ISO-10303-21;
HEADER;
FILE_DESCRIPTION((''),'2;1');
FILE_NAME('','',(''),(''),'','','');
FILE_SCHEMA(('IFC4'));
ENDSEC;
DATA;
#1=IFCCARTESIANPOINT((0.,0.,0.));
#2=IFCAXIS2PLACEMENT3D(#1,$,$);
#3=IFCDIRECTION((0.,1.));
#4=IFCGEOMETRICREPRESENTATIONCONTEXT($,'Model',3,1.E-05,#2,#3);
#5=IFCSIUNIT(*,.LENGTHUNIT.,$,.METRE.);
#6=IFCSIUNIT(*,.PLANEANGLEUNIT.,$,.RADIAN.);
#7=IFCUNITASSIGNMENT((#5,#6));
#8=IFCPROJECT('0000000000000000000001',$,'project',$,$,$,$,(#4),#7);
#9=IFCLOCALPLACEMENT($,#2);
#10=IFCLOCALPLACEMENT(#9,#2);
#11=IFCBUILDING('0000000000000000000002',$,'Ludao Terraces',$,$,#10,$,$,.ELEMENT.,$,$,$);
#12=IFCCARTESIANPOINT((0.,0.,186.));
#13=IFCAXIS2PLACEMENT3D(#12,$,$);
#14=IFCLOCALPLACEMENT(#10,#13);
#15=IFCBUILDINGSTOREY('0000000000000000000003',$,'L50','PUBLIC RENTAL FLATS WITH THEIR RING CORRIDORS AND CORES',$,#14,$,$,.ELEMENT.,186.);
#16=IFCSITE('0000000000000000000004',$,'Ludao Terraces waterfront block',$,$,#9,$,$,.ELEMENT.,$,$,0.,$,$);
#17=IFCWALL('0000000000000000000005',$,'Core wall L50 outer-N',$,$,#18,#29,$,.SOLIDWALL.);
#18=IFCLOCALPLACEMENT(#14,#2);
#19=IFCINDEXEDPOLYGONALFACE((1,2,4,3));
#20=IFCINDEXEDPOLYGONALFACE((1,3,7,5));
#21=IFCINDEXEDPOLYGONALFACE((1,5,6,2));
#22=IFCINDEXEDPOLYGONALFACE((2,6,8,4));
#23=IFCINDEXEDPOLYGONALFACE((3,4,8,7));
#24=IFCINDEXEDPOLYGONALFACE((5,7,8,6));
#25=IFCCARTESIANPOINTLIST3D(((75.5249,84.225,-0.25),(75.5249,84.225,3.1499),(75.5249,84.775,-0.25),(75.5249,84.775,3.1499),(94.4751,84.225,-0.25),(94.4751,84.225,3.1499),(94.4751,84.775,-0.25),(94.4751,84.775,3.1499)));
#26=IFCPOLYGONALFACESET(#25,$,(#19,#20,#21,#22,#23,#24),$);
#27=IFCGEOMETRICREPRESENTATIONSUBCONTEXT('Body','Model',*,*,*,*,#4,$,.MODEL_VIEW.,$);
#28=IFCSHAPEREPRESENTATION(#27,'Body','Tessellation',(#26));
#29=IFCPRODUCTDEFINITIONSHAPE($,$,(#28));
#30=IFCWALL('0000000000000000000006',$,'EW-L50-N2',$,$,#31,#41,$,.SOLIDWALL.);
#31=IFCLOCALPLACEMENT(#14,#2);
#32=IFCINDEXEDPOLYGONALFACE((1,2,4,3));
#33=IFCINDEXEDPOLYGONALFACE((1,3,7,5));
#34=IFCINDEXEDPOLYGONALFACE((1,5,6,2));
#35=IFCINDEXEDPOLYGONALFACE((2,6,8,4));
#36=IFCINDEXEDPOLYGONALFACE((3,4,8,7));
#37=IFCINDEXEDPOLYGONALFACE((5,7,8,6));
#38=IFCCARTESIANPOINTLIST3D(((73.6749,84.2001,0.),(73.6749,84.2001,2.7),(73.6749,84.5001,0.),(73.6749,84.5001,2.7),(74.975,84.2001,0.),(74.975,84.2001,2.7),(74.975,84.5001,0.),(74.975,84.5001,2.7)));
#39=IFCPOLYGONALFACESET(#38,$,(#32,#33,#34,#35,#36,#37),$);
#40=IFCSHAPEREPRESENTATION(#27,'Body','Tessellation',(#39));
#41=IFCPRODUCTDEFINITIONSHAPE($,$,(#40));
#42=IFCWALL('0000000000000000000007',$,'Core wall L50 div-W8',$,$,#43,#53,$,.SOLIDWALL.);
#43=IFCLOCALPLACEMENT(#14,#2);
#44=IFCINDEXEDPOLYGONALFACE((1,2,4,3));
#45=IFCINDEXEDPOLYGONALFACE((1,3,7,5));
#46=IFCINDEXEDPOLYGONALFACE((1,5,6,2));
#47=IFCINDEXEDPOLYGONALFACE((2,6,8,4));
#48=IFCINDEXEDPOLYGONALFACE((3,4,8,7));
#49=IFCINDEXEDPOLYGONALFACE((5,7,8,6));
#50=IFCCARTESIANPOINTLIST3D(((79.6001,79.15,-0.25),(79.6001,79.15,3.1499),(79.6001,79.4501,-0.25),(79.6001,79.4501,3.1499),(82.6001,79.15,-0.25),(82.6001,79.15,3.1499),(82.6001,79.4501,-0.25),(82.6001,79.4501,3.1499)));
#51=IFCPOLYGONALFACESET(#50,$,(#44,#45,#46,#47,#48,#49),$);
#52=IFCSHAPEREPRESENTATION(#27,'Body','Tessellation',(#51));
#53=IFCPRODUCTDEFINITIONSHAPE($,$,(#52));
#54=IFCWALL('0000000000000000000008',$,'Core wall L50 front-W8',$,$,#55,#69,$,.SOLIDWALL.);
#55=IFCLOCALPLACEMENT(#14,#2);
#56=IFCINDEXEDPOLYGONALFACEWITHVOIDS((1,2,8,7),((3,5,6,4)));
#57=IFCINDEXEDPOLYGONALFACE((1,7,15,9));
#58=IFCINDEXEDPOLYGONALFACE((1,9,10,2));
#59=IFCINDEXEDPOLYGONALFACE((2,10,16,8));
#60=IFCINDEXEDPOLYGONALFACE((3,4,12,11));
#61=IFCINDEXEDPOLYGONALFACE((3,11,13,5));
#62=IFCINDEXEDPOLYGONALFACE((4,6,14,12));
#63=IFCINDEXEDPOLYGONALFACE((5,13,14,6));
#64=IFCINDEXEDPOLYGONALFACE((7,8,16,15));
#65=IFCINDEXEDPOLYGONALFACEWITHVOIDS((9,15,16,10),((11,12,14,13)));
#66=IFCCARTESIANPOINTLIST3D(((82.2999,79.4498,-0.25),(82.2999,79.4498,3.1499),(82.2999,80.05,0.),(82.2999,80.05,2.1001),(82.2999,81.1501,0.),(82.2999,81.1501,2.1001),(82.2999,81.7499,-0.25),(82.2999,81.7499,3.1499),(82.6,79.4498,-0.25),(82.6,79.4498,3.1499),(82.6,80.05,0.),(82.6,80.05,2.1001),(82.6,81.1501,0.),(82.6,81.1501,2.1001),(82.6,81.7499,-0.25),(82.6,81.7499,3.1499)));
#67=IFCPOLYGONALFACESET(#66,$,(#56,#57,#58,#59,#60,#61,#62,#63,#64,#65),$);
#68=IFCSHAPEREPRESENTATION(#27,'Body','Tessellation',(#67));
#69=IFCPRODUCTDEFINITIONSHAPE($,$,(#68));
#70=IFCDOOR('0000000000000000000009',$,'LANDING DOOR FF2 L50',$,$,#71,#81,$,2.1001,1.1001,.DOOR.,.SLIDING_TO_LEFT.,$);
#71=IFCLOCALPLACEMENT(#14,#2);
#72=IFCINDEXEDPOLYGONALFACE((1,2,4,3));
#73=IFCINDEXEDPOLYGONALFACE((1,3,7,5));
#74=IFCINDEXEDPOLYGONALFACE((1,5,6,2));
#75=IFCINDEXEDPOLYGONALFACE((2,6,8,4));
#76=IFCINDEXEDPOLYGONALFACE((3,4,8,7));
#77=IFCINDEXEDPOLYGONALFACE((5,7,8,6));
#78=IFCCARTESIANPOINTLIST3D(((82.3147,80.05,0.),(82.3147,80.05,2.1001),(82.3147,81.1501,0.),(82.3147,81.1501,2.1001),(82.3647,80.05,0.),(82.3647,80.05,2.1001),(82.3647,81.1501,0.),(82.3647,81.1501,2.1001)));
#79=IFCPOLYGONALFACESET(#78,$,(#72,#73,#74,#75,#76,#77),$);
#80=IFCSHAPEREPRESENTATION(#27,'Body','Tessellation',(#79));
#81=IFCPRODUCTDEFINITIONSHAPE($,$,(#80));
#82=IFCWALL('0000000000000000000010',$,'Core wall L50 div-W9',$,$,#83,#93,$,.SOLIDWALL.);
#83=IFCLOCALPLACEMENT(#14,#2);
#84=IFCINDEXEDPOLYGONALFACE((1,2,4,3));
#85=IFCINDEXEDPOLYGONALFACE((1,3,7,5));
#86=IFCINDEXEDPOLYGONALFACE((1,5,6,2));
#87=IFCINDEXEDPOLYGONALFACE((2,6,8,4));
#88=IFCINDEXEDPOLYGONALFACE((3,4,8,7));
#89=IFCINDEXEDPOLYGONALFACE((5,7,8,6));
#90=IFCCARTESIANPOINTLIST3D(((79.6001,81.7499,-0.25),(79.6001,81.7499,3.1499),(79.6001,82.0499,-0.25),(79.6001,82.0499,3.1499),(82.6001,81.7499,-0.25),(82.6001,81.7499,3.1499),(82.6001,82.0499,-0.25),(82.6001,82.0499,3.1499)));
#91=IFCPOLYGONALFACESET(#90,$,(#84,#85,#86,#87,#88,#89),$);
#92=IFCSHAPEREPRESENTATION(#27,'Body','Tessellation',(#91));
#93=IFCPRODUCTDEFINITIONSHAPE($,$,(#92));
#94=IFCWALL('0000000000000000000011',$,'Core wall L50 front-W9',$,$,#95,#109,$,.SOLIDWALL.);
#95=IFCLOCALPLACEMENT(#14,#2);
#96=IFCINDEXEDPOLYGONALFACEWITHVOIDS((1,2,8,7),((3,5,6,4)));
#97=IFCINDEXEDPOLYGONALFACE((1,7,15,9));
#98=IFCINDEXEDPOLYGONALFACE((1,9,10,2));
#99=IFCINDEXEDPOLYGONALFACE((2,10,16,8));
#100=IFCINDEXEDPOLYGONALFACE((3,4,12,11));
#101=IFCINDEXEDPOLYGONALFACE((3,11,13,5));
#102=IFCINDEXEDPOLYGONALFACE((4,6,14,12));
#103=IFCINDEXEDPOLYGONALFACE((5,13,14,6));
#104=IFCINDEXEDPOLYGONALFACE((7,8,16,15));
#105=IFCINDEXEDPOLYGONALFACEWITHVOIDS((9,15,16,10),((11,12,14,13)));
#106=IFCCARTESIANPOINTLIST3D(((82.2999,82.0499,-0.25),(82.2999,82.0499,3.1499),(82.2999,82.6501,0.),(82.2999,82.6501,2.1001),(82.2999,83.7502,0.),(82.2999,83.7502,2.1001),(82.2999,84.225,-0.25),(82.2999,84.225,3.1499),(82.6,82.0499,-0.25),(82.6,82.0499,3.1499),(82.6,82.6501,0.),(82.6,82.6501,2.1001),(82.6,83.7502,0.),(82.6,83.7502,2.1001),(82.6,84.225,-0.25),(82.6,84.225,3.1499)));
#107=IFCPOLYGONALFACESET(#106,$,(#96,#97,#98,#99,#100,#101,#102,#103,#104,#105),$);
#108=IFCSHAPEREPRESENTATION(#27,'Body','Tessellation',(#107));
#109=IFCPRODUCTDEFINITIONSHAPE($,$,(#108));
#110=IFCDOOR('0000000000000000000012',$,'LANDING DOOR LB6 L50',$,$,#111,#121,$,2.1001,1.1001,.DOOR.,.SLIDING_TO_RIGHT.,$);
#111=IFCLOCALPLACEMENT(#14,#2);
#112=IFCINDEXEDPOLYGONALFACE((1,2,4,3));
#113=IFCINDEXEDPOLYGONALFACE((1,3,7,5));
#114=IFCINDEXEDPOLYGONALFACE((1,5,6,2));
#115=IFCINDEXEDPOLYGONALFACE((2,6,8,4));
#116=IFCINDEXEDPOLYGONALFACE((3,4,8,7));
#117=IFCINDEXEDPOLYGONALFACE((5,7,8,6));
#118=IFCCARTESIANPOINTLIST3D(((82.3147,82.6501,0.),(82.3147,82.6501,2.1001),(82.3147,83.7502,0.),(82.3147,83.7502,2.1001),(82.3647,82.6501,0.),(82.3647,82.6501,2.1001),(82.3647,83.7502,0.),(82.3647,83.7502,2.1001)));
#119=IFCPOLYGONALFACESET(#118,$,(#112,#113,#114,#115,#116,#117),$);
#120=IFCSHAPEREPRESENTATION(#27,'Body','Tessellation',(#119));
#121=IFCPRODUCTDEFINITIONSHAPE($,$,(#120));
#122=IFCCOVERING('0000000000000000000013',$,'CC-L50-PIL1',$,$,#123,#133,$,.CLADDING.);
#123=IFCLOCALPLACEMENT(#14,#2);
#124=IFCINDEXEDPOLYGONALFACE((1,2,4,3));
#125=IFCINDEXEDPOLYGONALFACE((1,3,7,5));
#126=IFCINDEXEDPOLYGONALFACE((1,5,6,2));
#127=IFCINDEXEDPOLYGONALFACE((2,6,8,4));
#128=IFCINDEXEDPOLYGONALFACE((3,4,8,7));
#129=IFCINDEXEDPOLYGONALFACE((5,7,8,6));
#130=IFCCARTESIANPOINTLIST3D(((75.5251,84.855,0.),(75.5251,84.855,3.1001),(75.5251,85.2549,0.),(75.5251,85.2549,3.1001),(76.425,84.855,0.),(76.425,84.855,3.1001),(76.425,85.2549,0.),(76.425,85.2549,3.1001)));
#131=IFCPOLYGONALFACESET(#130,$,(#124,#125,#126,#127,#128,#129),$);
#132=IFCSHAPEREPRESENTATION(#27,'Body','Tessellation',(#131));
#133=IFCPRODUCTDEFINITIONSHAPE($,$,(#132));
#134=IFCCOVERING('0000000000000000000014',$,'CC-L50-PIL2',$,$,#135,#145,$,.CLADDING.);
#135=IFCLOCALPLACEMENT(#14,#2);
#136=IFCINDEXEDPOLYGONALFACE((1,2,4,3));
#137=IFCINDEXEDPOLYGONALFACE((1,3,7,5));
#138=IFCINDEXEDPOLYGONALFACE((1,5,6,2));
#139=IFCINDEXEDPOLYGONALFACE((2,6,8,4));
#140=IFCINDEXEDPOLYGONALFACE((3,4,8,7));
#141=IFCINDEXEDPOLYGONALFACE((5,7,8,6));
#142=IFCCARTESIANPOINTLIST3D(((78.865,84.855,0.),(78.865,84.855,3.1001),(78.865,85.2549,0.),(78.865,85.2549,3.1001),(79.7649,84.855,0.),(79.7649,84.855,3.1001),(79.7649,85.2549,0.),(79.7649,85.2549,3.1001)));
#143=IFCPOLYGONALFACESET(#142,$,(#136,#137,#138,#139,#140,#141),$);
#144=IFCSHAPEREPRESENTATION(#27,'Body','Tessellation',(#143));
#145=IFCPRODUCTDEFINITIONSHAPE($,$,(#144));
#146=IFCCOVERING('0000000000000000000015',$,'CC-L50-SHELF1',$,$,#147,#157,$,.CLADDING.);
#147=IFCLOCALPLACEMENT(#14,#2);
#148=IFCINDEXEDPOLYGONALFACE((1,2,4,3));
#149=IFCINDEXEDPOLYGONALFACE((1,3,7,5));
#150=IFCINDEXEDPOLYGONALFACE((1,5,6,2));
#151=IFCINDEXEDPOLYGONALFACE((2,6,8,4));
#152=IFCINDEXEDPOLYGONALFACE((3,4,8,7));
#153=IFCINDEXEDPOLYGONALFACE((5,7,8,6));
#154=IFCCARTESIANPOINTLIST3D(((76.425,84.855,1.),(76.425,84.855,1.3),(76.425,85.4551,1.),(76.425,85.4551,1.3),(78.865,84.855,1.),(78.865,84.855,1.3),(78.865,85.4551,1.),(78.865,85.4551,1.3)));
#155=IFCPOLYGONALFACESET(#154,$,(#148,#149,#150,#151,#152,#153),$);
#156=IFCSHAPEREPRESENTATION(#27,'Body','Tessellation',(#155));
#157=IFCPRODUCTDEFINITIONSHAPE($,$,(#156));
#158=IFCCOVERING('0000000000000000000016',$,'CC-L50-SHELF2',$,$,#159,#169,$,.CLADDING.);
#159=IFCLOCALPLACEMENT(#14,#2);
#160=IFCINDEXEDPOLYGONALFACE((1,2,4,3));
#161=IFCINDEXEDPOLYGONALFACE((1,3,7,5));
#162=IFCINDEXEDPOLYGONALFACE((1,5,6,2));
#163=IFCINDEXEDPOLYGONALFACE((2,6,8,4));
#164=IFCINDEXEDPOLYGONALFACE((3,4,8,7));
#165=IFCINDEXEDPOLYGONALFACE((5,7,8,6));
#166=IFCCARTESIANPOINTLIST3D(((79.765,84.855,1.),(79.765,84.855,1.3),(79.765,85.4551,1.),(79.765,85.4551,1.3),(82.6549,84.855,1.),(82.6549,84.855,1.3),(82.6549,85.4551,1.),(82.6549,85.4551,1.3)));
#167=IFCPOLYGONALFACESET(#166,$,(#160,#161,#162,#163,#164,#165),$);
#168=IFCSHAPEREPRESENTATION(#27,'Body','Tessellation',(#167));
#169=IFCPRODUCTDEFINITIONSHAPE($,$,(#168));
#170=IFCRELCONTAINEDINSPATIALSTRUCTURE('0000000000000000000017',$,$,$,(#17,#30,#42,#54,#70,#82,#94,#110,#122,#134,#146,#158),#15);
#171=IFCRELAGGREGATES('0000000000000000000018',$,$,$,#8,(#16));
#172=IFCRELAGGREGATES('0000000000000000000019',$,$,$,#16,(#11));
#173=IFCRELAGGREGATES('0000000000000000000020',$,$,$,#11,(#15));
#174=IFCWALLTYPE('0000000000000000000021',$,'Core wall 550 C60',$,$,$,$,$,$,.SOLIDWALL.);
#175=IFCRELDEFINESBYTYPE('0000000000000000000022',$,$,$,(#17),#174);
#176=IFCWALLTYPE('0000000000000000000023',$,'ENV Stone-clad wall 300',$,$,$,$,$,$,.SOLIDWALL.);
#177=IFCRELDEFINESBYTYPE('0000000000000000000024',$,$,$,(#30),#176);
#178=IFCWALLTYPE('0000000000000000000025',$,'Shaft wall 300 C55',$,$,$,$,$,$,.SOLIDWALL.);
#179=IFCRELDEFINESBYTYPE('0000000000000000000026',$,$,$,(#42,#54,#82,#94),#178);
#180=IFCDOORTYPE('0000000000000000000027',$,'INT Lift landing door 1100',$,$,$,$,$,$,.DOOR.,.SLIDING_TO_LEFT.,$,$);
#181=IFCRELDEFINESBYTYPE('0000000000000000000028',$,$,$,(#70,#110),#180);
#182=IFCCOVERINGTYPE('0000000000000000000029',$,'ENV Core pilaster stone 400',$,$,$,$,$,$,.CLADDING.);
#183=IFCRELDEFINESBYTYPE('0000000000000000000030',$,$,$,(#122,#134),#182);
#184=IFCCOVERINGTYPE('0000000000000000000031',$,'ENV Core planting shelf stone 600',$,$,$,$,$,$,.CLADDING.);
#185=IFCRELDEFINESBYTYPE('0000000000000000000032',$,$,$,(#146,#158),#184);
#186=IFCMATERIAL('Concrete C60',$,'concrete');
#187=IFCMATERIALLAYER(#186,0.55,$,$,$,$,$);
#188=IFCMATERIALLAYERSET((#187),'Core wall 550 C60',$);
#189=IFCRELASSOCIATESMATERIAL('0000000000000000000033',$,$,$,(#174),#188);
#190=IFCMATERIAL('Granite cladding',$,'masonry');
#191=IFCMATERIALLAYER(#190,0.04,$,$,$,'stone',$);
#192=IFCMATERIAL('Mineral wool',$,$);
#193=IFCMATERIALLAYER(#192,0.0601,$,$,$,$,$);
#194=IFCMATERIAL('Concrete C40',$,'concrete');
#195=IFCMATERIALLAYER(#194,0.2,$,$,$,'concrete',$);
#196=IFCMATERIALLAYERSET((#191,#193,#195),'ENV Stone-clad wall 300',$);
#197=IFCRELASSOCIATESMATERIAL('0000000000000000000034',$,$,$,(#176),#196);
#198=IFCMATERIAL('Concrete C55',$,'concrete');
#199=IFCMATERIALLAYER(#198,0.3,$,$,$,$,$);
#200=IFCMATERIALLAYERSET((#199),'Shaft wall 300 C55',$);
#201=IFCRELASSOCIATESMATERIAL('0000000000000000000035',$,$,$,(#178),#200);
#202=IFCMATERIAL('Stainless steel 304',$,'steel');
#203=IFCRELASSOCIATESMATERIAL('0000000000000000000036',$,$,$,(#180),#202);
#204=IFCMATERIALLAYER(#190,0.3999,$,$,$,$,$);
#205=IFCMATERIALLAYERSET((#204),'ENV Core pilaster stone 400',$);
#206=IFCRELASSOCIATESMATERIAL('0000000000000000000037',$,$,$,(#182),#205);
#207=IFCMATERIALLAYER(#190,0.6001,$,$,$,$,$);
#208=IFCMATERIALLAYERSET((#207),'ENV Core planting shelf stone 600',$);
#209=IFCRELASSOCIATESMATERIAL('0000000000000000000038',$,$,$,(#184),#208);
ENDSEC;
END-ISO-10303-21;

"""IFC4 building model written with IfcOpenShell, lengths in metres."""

from ifc_helpers import new_model, si_unit, direction, frame, frame_2d, origin, origin_2d, place, context, subcontext, project, spatial, rectangle, extrude, material, layer, layer_set, type_object, element, fill, save


model = new_model("IFC4")

# Units and contexts
model_context = context("Model", 3, precision=1e-05, world=origin(), true_north=direction((0.0, 1.0)))
body_context = subcontext(model_context, "Body", "Model", "MODEL_VIEW")
ifc_project = project(units=[si_unit("LENGTHUNIT", "METRE"), si_unit("PLANEANGLEUNIT", "RADIAN")], contexts=[model_context])

# Site, building, storey
site_placement = place(None, origin())
site = spatial("IfcSite", under=ifc_project, at=site_placement, Name="Ludao Terraces waterfront block", CompositionType="ELEMENT", RefElevation=0.0)
building_placement = place(site_placement, origin())
building = spatial("IfcBuilding", under=site, at=building_placement, Name="Ludao Terraces", CompositionType="ELEMENT")
storey_placement = place(building_placement, frame((0.0, 0.0, 186.0)))
storey = spatial("IfcBuildingStorey", under=building, at=storey_placement, Name="L50", Description="PUBLIC RENTAL FLATS WITH THEIR RING CORRIDORS AND CORES", CompositionType="ELEMENT", Elevation=186.0)

# Walls
ifc_material_1 = material(Name="Concrete C60", Category="concrete")
ifc_layer_1 = layer(ifc_material_1, 0.55)
ifc_layer_set_1 = layer_set([ifc_layer_1], Name="Core wall 550 C60")
wall_type_1 = type_object("IfcWallType", Name="Core wall 550 C60", PredefinedType="SOLIDWALL", material=ifc_layer_set_1)
wall_1_placement = place(storey_placement, frame((75.5249, 84.5, -0.25), z_axis=(0.0, 0.0, 1.0), x_axis=(1.0, 0.0, 0.0)))
element("IfcWall", 1, at=wall_1_placement, inside=storey, type_object=wall_type_1, Name="Core wall L50 outer-N", PredefinedType="SOLIDWALL", context=body_context, shape_type="SweptSolid", body=[
    extrude(rectangle(XDim=18.9502, YDim=0.55, at=frame_2d((9.4751, 0.0))), origin(), (0.0, 0.0, 1.0), 3.3999),
])
ifc_material_2 = material(Name="Granite cladding", Category="masonry")
ifc_layer_2 = layer(ifc_material_2, 0.04, Category="stone")
ifc_material_3 = material(Name="Mineral wool")
ifc_layer_3 = layer(ifc_material_3, 0.0601)
ifc_material_4 = material(Name="Concrete C40", Category="concrete")
ifc_layer_4 = layer(ifc_material_4, 0.2, Category="concrete")
ifc_layer_set_2 = layer_set([ifc_layer_2, ifc_layer_3, ifc_layer_4], Name="ENV Stone-clad wall 300")
wall_type_2 = type_object("IfcWallType", Name="ENV Stone-clad wall 300", PredefinedType="SOLIDWALL", material=ifc_layer_set_2)
wall_2_placement = place(storey_placement, frame((73.675, 84.3501, 0.0), z_axis=(0.0, 0.0, 1.0), x_axis=(1.0, 0.0, 0.0)))
element("IfcWall", 2, at=wall_2_placement, inside=storey, type_object=wall_type_2, Name="EW-L50-N2", PredefinedType="SOLIDWALL", context=body_context, shape_type="SweptSolid", body=[
    extrude(rectangle(XDim=1.3, YDim=0.3, at=frame_2d((0.6499, 0.0))), origin(), (0.0, 0.0, 1.0), 2.7),
])
ifc_material_5 = material(Name="Concrete C55", Category="concrete")
ifc_layer_5 = layer(ifc_material_5, 0.3)
ifc_layer_set_3 = layer_set([ifc_layer_5], Name="Shaft wall 300 C55")
wall_type_3 = type_object("IfcWallType", Name="Shaft wall 300 C55", PredefinedType="SOLIDWALL", material=ifc_layer_set_3)
wall_3_placement = place(storey_placement, frame((79.6001, 79.3, -0.25), z_axis=(0.0, 0.0, 1.0), x_axis=(1.0, 0.0, 0.0)))
element("IfcWall", 3, at=wall_3_placement, inside=storey, type_object=wall_type_3, Name="Core wall L50 div-W8", PredefinedType="SOLIDWALL", context=body_context, shape_type="SweptSolid", body=[
    extrude(rectangle(XDim=3.0, YDim=0.3, at=frame_2d((1.5, 0.0))), origin(), (0.0, 0.0, 1.0), 3.3999),
])

# Wall, opening, door
wall_4_placement = place(storey_placement, frame((82.45, 79.45, -0.25), z_axis=(0.0, 0.0, 1.0), x_axis=(0.0, 1.0, 0.0)))
wall_4 = element("IfcWall", 4, at=wall_4_placement, inside=storey, type_object=wall_type_3, Name="Core wall L50 front-W8", PredefinedType="SOLIDWALL", context=body_context, shape_type="SweptSolid", body=[
    extrude(rectangle(XDim=2.3, YDim=0.3, at=frame_2d((1.1499, 0.0))), origin(), (0.0, 0.0, 1.0), 3.3999),
])
opening_1_placement = place(wall_4_placement, frame((0.6001, 0.0, 0.25)))
opening_1 = element("IfcOpeningElement", 5, at=opening_1_placement, cuts=wall_4, PredefinedType="OPENING", context=body_context, shape_type="SweptSolid", body=[
    extrude(rectangle(XDim=1.1001, YDim=2.1001, at=frame_2d((0.55, 1.05))), frame((0.0, 0.1602, 0.0), z_axis=(0.0, -1.0, 0.0), x_axis=(1.0, 0.0, 0.0)), (0.0, 0.0, 1.0), 0.3201),
])
ifc_material_6 = material(Name="Stainless steel 304", Category="steel")
door_type = type_object("IfcDoorType", Name="INT Lift landing door 1100", OperationType="SLIDING_TO_LEFT", PredefinedType="DOOR", material=ifc_material_6)
door_1_placement = place(opening_1_placement, origin())
door_1 = element("IfcDoor", 6, at=door_1_placement, inside=storey, type_object=door_type, Name="LANDING DOOR FF2 L50", OperationType="SLIDING_TO_LEFT", OverallHeight=2.1001, OverallWidth=1.1001, PredefinedType="DOOR", context=body_context, shape_type="SweptSolid", body=[
    extrude(rectangle(XDim=1.1001, YDim=2.1001, at=frame_2d((0.55, 1.05))), frame((0.0, 0.1353, 0.0), z_axis=(0.0, -1.0, 0.0), x_axis=(1.0, 0.0, 0.0)), (0.0, 0.0, 1.0), 0.05),
])
fill(opening_1, door_1)

# Wall
wall_5_placement = place(storey_placement, frame((79.6001, 81.8999, -0.25), z_axis=(0.0, 0.0, 1.0), x_axis=(1.0, 0.0, 0.0)))
element("IfcWall", 7, at=wall_5_placement, inside=storey, type_object=wall_type_3, Name="Core wall L50 div-W9", PredefinedType="SOLIDWALL", context=body_context, shape_type="SweptSolid", body=[
    extrude(rectangle(XDim=3.0, YDim=0.3, at=frame_2d((1.5, 0.0))), origin(), (0.0, 0.0, 1.0), 3.3999),
])

# Wall, opening, door
wall_6_placement = place(storey_placement, frame((82.45, 82.05, -0.25), z_axis=(0.0, 0.0, 1.0), x_axis=(0.0, 1.0, 0.0)))
wall_6 = element("IfcWall", 8, at=wall_6_placement, inside=storey, type_object=wall_type_3, Name="Core wall L50 front-W9", PredefinedType="SOLIDWALL", context=body_context, shape_type="SweptSolid", body=[
    extrude(rectangle(XDim=2.175, YDim=0.3, at=frame_2d((1.0874, 0.0))), origin(), (0.0, 0.0, 1.0), 3.3999),
])
opening_2_placement = place(wall_6_placement, frame((0.6001, 0.0, 0.25)))
opening_2 = element("IfcOpeningElement", 9, at=opening_2_placement, cuts=wall_6, PredefinedType="OPENING", context=body_context, shape_type="SweptSolid", body=[
    extrude(rectangle(XDim=1.1001, YDim=2.1001, at=frame_2d((0.55, 1.05))), frame((0.0, 0.1602, 0.0), z_axis=(0.0, -1.0, 0.0), x_axis=(1.0, 0.0, 0.0)), (0.0, 0.0, 1.0), 0.3201),
])
door_2_placement = place(opening_2_placement, origin())
door_2 = element("IfcDoor", 10, at=door_2_placement, inside=storey, type_object=door_type, Name="LANDING DOOR LB6 L50", OperationType="SLIDING_TO_RIGHT", OverallHeight=2.1001, OverallWidth=1.1001, PredefinedType="DOOR", context=body_context, shape_type="SweptSolid", body=[
    extrude(rectangle(XDim=1.1001, YDim=2.1001, at=frame_2d((0.55, 1.05))), frame((0.0, 0.1353, 0.0), z_axis=(0.0, -1.0, 0.0), x_axis=(1.0, 0.0, 0.0)), (0.0, 0.0, 1.0), 0.05),
])
fill(opening_2, door_2)

# Coverings
ifc_layer_6 = layer(ifc_material_2, 0.3999)
ifc_layer_set_4 = layer_set([ifc_layer_6], Name="ENV Core pilaster stone 400")
covering_type_1 = type_object("IfcCoveringType", Name="ENV Core pilaster stone 400", PredefinedType="CLADDING", material=ifc_layer_set_4)
for number, where, z_axis, x_axis, name in (
    (11, (75.9751, 85.0549, 0.0), (0.0, 0.0, 1.0), (1.0, 0.0, 0.0), "CC-L50-PIL1"),
    (12, (79.3149, 85.0549, 0.0), (0.0, 0.0, 1.0), (1.0, 0.0, 0.0), "CC-L50-PIL2"),
):
    element("IfcCovering", number, at=place(storey_placement, frame(where, z_axis=z_axis, x_axis=x_axis)), inside=storey, type_object=covering_type_1, Name=name, PredefinedType="CLADDING", context=body_context, shape_type="SweptSolid", body=[
        extrude(rectangle(XDim=0.8999, YDim=0.3999, at=origin_2d()), origin(), (0.0, 0.0, 1.0), 3.1001),
    ])
ifc_layer_7 = layer(ifc_material_2, 0.6001)
ifc_layer_set_5 = layer_set([ifc_layer_7], Name="ENV Core planting shelf stone 600")
covering_type_2 = type_object("IfcCoveringType", Name="ENV Core planting shelf stone 600", PredefinedType="CLADDING", material=ifc_layer_set_5)
covering_1_placement = place(storey_placement, frame((77.645, 85.155, 1.0), z_axis=(0.0, 0.0, 1.0), x_axis=(1.0, 0.0, 0.0)))
element("IfcCovering", 13, at=covering_1_placement, inside=storey, type_object=covering_type_2, Name="CC-L50-SHELF1", PredefinedType="CLADDING", context=body_context, shape_type="SweptSolid", body=[
    extrude(rectangle(XDim=2.4399, YDim=0.6001, at=origin_2d()), origin(), (0.0, 0.0, 1.0), 0.3),
])
covering_2_placement = place(storey_placement, frame((81.21, 85.155, 1.0), z_axis=(0.0, 0.0, 1.0), x_axis=(1.0, 0.0, 0.0)))
element("IfcCovering", 14, at=covering_2_placement, inside=storey, type_object=covering_type_2, Name="CC-L50-SHELF2", PredefinedType="CLADDING", context=body_context, shape_type="SweptSolid", body=[
    extrude(rectangle(XDim=2.8899, YDim=0.6001, at=origin_2d()), origin(), (0.0, 0.0, 1.0), 0.3),
])

save(model, "model.ifc")
